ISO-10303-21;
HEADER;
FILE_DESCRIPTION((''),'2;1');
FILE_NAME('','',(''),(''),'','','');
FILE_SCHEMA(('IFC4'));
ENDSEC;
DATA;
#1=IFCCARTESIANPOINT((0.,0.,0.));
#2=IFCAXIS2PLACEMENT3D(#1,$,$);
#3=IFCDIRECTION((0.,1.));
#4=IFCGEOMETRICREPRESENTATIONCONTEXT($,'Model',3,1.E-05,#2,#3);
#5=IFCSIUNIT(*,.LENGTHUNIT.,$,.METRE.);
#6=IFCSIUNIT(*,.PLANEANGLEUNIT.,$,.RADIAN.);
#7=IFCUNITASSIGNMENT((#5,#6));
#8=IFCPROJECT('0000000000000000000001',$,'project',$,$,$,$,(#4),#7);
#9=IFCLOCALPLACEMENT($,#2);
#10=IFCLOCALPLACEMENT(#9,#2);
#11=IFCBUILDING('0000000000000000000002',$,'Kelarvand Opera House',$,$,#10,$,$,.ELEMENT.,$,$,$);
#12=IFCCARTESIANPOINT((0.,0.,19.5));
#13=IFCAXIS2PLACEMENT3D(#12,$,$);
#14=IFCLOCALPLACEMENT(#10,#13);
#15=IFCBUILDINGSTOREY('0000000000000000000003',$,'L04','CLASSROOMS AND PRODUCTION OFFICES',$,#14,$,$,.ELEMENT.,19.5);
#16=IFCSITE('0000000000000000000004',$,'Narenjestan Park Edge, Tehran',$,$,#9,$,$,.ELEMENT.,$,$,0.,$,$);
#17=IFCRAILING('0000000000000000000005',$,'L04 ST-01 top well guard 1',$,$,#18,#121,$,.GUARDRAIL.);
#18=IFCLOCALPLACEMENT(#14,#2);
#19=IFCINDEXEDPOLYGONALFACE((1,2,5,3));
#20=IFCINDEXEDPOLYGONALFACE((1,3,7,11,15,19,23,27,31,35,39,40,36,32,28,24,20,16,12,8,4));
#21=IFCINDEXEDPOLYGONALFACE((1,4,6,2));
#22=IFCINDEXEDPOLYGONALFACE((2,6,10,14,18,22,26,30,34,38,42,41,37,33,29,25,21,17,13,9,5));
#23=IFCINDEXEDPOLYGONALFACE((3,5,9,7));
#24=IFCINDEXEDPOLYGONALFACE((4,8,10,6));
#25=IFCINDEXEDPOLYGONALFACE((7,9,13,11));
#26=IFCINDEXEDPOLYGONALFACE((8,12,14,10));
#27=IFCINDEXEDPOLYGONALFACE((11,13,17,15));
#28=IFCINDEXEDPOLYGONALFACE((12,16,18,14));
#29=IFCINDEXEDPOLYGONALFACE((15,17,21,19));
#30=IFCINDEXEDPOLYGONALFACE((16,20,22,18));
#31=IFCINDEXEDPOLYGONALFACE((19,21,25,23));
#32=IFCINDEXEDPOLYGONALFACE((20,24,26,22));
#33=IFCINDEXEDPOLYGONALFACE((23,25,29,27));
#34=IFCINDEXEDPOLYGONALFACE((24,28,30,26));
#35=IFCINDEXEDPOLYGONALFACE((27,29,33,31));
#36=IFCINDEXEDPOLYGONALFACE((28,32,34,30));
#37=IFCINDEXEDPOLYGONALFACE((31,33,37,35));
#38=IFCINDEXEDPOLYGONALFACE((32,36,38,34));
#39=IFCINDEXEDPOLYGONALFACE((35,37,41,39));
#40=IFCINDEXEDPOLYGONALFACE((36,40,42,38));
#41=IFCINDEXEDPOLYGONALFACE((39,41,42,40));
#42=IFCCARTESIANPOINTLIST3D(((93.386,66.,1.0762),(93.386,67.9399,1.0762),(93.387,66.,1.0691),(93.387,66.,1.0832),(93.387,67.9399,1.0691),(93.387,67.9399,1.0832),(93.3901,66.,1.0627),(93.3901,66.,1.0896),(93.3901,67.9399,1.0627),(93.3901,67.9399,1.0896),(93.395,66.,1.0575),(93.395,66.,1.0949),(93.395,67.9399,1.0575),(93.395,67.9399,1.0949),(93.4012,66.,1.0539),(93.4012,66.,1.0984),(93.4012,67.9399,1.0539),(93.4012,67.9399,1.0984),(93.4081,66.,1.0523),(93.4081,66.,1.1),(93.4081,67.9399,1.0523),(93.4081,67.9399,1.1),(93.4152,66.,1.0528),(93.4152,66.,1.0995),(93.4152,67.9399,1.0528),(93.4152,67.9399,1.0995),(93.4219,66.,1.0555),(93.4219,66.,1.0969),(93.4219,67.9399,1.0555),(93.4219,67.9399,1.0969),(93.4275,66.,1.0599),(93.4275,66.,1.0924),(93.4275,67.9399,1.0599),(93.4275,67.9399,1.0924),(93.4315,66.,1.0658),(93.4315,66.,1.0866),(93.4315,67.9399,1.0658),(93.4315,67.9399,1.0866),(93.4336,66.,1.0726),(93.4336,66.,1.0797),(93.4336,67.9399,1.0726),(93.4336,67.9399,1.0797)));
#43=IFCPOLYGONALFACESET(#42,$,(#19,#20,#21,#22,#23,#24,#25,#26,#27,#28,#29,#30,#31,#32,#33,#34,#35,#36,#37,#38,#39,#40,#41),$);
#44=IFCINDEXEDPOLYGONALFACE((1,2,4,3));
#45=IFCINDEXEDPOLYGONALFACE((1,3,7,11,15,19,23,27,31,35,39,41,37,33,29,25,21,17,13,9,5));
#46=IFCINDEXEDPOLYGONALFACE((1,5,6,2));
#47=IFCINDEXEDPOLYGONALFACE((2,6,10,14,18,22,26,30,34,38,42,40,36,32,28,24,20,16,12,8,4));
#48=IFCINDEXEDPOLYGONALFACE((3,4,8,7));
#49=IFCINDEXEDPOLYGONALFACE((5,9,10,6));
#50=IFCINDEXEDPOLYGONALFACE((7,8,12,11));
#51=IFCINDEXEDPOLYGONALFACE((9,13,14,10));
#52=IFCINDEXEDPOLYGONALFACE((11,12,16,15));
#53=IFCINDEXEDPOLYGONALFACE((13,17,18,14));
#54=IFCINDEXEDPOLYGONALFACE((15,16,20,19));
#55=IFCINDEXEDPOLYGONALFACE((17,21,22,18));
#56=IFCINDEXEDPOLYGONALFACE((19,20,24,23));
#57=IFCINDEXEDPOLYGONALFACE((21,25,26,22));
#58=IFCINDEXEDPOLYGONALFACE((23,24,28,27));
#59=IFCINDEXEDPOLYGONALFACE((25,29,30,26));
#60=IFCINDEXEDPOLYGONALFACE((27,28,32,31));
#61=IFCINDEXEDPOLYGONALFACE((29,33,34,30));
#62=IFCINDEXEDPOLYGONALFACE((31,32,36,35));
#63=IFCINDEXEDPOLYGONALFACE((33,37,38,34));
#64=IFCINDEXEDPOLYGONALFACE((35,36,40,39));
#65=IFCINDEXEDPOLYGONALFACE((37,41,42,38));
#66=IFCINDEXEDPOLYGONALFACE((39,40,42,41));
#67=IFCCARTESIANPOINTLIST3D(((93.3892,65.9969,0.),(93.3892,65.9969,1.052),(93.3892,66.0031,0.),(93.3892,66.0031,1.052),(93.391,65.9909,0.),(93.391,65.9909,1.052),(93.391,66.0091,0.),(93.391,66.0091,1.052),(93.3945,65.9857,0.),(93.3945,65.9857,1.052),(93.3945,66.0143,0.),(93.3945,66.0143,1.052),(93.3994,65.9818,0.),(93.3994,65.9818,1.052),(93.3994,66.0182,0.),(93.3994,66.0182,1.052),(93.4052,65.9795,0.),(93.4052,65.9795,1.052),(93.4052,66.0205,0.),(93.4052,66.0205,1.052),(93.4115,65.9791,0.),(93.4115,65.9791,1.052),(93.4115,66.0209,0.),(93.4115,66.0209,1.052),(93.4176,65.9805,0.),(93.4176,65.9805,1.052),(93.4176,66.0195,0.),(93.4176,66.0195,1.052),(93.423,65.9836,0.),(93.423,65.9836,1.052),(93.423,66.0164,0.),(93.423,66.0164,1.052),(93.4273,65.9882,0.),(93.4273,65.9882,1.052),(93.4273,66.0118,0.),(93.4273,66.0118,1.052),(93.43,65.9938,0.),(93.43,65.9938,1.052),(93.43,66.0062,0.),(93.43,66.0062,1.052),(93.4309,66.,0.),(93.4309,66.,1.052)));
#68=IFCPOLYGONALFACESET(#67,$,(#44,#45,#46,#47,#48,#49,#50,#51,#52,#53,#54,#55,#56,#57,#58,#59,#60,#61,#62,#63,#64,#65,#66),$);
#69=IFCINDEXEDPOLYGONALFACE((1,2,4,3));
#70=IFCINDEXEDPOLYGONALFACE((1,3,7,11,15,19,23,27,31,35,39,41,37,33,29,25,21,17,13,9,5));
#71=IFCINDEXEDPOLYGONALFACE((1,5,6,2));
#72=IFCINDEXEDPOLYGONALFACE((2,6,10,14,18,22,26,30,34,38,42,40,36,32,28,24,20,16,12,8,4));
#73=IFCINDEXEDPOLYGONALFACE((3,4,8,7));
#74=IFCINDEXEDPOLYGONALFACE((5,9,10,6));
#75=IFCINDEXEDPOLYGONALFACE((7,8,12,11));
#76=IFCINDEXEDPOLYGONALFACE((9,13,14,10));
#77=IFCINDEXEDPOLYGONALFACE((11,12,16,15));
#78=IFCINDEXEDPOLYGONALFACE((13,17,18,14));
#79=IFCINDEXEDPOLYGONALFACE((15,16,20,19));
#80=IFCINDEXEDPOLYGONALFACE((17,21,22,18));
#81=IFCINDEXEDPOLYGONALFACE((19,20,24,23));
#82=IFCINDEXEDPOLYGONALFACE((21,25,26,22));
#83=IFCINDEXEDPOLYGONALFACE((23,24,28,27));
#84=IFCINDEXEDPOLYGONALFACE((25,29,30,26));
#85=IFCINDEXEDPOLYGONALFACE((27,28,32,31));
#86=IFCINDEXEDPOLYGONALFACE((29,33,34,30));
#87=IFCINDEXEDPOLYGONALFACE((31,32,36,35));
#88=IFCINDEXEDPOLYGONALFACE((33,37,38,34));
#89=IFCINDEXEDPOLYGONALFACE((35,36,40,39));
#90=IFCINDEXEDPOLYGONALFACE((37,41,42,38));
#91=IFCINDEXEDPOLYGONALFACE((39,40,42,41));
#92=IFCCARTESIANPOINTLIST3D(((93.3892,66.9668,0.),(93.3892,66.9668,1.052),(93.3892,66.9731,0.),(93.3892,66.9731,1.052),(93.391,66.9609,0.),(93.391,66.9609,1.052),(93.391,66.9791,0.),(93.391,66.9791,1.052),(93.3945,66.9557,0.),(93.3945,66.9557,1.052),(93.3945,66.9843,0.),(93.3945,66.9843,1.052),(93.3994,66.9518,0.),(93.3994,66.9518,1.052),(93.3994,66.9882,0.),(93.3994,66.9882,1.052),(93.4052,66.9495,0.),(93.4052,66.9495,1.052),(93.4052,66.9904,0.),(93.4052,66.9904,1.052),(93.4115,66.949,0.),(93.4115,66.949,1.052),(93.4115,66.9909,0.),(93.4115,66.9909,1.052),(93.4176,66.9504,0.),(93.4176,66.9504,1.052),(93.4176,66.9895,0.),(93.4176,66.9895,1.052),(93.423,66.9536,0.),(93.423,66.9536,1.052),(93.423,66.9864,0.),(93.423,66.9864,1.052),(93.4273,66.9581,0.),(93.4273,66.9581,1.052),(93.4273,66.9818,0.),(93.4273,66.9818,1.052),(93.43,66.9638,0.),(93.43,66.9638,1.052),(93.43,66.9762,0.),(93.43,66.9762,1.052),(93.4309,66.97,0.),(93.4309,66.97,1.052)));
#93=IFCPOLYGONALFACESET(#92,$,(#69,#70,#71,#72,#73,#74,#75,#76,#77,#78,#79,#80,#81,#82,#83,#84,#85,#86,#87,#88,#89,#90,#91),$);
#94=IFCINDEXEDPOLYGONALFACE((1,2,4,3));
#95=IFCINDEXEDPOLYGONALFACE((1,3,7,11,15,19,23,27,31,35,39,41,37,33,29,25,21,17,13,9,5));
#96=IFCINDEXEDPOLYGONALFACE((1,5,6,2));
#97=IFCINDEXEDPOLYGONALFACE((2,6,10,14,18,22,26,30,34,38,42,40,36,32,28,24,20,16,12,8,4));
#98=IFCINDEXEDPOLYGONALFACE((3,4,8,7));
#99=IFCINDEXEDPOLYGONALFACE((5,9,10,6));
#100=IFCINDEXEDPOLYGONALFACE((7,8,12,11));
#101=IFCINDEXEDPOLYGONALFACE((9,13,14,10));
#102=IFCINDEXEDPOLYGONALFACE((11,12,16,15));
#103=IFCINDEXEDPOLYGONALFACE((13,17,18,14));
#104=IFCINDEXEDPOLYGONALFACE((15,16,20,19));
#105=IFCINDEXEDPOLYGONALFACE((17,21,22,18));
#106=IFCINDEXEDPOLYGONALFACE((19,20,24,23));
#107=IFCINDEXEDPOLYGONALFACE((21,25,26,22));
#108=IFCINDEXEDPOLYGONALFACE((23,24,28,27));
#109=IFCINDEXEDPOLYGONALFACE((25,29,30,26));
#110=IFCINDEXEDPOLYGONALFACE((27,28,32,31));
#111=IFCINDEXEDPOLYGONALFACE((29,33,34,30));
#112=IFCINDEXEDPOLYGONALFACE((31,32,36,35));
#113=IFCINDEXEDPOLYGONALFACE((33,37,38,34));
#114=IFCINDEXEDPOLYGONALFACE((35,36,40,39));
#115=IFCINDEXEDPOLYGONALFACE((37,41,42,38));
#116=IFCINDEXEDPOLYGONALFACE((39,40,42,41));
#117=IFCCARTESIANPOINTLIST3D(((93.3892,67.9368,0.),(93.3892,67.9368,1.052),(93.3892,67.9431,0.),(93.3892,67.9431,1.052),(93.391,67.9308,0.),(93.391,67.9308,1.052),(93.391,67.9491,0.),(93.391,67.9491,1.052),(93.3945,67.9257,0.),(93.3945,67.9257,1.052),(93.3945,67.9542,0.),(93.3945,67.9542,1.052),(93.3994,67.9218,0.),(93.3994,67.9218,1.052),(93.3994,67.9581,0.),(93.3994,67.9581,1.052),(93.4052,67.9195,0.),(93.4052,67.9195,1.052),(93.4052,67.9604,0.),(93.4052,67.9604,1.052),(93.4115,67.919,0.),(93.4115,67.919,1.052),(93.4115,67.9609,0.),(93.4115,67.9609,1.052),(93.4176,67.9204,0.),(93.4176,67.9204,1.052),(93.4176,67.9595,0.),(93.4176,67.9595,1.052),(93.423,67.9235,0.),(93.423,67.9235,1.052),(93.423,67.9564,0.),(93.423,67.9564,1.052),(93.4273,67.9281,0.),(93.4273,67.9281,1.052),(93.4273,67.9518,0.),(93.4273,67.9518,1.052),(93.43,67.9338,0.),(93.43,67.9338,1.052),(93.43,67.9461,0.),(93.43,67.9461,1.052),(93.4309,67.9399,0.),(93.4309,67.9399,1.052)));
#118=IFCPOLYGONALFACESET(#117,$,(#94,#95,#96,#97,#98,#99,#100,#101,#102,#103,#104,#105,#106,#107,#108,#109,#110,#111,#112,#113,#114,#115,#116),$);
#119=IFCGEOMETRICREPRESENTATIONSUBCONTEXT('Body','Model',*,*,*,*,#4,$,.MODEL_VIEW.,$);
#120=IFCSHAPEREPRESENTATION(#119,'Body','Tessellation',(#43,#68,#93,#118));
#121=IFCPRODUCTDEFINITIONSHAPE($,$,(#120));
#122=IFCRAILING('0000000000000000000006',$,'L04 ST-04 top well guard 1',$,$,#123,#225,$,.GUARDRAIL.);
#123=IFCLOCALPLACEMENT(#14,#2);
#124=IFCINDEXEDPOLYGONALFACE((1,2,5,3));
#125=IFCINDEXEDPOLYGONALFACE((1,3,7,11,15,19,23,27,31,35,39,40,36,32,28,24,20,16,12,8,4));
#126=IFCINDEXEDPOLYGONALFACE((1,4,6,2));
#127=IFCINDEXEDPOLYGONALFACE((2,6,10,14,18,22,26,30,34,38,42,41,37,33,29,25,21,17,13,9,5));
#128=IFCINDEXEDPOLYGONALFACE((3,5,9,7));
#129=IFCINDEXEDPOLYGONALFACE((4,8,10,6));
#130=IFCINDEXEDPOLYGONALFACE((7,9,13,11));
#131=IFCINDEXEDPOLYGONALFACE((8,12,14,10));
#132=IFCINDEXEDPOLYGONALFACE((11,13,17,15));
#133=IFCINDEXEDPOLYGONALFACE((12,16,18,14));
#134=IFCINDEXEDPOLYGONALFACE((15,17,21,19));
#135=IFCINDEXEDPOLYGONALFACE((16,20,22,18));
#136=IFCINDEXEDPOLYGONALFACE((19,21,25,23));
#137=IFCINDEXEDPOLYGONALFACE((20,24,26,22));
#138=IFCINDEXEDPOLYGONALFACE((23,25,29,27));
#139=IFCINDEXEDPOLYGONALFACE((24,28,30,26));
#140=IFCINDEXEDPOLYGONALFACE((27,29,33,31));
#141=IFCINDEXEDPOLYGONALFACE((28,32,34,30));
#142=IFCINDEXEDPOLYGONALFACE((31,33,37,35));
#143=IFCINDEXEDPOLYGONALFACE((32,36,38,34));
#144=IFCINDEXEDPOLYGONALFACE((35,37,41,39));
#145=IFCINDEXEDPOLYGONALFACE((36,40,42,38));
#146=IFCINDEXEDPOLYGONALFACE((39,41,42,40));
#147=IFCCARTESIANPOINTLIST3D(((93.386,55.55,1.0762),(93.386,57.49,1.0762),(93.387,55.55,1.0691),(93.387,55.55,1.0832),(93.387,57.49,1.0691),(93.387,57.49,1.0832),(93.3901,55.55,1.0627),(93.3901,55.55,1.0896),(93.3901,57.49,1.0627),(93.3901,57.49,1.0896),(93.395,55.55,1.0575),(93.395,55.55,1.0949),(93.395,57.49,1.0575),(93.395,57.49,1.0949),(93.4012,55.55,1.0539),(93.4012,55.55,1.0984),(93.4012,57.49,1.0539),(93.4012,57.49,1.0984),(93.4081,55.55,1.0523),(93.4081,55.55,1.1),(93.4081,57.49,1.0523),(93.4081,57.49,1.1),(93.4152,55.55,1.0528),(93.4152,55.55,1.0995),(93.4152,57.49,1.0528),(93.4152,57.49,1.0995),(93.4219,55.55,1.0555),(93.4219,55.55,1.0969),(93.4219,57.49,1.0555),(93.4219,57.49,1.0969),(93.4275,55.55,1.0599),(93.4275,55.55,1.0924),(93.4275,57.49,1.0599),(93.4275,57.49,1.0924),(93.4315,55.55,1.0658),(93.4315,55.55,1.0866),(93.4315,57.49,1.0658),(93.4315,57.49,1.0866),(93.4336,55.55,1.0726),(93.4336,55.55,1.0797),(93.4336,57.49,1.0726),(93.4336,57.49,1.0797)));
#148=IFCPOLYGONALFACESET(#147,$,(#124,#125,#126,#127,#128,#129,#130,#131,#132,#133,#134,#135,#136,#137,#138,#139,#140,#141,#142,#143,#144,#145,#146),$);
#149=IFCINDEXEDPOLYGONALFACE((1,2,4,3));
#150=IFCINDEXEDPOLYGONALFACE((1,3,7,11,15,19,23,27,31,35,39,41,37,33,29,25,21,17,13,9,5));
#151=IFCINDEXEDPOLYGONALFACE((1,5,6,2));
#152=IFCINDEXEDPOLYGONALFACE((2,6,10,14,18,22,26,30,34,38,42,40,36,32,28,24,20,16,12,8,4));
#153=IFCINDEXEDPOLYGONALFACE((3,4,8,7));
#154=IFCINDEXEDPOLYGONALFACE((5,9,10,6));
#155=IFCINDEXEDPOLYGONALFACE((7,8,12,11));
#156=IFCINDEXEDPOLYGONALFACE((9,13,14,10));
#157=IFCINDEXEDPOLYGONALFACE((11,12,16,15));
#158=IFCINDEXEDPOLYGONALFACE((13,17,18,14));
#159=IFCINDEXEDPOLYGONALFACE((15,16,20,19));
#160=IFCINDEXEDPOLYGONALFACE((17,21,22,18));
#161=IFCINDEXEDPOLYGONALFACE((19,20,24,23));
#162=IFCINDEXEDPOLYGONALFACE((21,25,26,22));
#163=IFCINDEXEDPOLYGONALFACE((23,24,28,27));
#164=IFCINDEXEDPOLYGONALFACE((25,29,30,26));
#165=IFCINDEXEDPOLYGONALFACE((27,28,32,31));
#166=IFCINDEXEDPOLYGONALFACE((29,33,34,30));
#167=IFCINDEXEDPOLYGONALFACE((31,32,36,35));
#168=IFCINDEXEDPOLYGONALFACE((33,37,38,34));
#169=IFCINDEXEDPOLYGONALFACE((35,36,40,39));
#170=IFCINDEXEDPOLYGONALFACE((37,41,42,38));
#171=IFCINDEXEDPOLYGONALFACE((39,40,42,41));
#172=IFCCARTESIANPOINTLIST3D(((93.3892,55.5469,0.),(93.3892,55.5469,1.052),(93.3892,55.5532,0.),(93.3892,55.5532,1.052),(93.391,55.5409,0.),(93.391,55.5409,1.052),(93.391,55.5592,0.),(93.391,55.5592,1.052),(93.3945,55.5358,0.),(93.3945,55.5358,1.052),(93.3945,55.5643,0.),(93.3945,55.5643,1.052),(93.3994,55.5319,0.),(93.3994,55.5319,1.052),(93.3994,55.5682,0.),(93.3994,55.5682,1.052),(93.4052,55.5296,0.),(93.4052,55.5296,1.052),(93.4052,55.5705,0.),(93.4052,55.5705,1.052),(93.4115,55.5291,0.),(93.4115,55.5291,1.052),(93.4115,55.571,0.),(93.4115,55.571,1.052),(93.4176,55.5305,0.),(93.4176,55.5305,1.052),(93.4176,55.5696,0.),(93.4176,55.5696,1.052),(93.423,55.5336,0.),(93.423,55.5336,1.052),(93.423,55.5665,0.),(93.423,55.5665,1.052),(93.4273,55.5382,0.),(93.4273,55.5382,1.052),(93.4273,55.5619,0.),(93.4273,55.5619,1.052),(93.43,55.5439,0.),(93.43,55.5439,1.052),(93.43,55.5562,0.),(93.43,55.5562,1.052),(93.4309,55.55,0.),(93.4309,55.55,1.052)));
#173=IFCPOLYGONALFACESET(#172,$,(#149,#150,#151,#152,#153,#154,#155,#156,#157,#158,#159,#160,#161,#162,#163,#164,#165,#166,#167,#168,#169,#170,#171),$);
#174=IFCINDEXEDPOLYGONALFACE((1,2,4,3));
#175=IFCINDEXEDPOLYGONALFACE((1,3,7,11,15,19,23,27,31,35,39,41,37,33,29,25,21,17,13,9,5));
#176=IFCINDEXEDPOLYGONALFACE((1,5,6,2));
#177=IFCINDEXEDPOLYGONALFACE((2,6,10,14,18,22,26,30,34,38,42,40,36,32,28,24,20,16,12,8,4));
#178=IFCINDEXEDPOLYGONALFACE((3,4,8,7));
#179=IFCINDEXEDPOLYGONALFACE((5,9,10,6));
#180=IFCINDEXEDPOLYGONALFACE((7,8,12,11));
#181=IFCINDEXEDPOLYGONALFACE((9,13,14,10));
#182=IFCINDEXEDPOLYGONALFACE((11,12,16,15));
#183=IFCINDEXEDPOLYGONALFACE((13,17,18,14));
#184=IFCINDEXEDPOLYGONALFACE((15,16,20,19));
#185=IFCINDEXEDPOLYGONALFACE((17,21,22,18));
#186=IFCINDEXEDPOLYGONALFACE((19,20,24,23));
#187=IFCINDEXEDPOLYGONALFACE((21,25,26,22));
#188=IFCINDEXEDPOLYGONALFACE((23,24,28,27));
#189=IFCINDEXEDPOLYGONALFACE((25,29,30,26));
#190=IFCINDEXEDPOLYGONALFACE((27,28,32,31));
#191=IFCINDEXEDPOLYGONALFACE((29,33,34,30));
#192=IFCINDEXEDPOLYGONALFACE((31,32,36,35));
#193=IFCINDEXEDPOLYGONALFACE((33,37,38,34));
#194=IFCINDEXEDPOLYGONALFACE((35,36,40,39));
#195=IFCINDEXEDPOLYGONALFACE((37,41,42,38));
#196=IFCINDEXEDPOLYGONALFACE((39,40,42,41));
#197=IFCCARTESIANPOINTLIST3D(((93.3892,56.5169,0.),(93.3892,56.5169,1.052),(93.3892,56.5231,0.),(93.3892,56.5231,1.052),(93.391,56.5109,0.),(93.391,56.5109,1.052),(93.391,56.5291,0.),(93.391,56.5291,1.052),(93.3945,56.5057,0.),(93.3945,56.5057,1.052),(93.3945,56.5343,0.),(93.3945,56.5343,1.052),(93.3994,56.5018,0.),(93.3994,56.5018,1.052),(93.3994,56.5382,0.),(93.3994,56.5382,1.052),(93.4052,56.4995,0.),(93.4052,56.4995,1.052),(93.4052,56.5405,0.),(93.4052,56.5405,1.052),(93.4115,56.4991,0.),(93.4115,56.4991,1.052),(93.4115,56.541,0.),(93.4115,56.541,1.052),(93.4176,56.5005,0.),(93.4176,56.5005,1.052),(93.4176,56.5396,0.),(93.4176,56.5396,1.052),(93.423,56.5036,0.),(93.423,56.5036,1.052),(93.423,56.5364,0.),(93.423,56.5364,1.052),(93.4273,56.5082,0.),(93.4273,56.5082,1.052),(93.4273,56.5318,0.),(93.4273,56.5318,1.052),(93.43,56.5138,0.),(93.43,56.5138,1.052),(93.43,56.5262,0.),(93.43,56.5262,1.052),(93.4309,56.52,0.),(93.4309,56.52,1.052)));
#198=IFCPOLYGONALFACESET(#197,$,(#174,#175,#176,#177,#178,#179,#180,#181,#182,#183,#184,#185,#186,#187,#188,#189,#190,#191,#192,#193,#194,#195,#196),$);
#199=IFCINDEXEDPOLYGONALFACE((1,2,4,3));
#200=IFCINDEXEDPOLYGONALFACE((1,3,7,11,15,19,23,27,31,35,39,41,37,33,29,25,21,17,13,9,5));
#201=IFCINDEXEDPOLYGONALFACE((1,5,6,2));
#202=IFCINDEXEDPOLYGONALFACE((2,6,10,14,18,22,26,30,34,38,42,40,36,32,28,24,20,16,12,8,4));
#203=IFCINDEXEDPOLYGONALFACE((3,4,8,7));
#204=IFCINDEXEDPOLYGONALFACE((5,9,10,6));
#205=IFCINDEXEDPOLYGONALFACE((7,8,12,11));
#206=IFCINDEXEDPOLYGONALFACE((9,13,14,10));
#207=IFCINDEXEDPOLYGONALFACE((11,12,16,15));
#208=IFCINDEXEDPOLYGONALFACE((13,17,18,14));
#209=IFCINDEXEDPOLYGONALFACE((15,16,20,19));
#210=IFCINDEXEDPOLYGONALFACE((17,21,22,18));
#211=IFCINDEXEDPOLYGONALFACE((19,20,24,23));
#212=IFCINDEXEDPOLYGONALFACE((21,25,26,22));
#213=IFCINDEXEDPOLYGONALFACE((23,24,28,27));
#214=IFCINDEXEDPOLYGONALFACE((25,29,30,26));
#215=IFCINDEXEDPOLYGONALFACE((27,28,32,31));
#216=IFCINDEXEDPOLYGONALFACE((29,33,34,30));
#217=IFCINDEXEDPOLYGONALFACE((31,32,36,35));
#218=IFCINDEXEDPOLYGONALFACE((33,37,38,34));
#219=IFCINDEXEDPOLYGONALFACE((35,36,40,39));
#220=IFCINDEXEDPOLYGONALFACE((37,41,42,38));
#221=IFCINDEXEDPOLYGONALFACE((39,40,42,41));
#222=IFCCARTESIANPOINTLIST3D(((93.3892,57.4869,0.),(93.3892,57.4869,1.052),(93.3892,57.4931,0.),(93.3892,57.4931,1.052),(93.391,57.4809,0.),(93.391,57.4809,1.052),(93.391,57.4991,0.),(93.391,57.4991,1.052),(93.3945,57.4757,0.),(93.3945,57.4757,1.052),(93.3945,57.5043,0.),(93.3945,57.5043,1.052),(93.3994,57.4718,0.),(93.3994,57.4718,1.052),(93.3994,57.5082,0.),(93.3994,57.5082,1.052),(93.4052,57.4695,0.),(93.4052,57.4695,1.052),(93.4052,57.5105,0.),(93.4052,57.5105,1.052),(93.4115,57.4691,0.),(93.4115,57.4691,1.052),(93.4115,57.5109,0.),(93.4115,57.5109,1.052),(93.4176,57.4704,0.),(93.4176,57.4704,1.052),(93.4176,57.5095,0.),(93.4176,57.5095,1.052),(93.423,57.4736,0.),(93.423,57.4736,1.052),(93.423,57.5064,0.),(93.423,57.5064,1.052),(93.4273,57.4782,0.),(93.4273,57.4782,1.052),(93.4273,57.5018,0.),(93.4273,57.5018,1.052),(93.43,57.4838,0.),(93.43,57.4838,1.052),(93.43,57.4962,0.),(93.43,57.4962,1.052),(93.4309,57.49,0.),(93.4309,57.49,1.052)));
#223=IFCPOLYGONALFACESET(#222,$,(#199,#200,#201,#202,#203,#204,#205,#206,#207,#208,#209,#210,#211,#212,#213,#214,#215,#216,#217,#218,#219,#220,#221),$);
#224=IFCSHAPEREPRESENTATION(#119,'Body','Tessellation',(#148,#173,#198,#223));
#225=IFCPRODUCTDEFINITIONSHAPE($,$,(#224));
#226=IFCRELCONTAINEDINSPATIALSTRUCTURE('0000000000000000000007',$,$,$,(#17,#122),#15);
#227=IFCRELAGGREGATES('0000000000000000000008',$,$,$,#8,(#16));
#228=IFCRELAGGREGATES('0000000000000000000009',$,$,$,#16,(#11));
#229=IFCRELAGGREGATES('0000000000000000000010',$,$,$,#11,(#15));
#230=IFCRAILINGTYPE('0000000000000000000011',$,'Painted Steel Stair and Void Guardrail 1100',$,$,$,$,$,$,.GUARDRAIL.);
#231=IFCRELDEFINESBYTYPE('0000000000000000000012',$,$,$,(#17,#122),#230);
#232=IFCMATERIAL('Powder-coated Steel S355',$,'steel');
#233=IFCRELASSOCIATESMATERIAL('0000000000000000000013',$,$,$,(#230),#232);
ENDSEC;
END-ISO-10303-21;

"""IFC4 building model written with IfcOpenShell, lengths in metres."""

from ifc_helpers import new_model, si_unit, direction, frame, origin, origin_2d, place, context, subcontext, project, spatial, circle, extrude, material, type_object, element, save


model = new_model("IFC4")

# Units and contexts
model_context = context("Model", 3, precision=1e-05, world=origin(), true_north=direction((0.0, 1.0)))
body_context = subcontext(model_context, "Body", "Model", "MODEL_VIEW")
ifc_project = project(units=[si_unit("LENGTHUNIT", "METRE"), si_unit("PLANEANGLEUNIT", "RADIAN")], contexts=[model_context])

# Site, building, storey
site_placement = place(None, origin())
site = spatial("IfcSite", under=ifc_project, at=site_placement, Name="Narenjestan Park Edge, Tehran", CompositionType="ELEMENT", RefElevation=0.0)
building_placement = place(site_placement, origin())
building = spatial("IfcBuilding", under=site, at=building_placement, Name="Kelarvand Opera House", CompositionType="ELEMENT")
storey_placement = place(building_placement, frame((0.0, 0.0, 19.5)))
storey = spatial("IfcBuildingStorey", under=building, at=storey_placement, Name="L04", Description="CLASSROOMS AND PRODUCTION OFFICES", CompositionType="ELEMENT", Elevation=19.5)

# Railings
ifc_material_1 = material(Name="Powder-coated Steel S355", Category="steel")
railing_type = type_object("IfcRailingType", Name="Painted Steel Stair and Void Guardrail 1100", PredefinedType="GUARDRAIL", material=ifc_material_1)
for number, where, name in (
    (1, (93.4099, 66.0, 0.0), "L04 ST-01 top well guard 1"),
    (2, (93.4099, 55.55, 0.0), "L04 ST-04 top well guard 1"),
):
    element("IfcRailing", number, at=place(storey_placement, frame(where)), inside=storey, type_object=railing_type, Name=name, PredefinedType="GUARDRAIL", context=body_context, shape_type="SweptSolid", body=[
        extrude(circle(Radius=0.0239, at=origin_2d()), frame((0.0, 0.0, 1.0762), z_axis=(0.0, 1.0, 0.0), x_axis=(-1.0, 0.0, 0.0)), (0.0, 0.0, 1.0), 1.9399),
        extrude(circle(Radius=0.021, at=origin_2d()), origin(), (0.0, 0.0, 1.0), 1.052),
        extrude(circle(Radius=0.021, at=origin_2d()), frame((0.0, 0.97, 0.0)), (0.0, 0.0, 1.0), 1.052),
        extrude(circle(Radius=0.021, at=origin_2d()), frame((0.0, 1.9399, 0.0)), (0.0, 0.0, 1.0), 1.052),
    ])

save(model, "model.ifc")
